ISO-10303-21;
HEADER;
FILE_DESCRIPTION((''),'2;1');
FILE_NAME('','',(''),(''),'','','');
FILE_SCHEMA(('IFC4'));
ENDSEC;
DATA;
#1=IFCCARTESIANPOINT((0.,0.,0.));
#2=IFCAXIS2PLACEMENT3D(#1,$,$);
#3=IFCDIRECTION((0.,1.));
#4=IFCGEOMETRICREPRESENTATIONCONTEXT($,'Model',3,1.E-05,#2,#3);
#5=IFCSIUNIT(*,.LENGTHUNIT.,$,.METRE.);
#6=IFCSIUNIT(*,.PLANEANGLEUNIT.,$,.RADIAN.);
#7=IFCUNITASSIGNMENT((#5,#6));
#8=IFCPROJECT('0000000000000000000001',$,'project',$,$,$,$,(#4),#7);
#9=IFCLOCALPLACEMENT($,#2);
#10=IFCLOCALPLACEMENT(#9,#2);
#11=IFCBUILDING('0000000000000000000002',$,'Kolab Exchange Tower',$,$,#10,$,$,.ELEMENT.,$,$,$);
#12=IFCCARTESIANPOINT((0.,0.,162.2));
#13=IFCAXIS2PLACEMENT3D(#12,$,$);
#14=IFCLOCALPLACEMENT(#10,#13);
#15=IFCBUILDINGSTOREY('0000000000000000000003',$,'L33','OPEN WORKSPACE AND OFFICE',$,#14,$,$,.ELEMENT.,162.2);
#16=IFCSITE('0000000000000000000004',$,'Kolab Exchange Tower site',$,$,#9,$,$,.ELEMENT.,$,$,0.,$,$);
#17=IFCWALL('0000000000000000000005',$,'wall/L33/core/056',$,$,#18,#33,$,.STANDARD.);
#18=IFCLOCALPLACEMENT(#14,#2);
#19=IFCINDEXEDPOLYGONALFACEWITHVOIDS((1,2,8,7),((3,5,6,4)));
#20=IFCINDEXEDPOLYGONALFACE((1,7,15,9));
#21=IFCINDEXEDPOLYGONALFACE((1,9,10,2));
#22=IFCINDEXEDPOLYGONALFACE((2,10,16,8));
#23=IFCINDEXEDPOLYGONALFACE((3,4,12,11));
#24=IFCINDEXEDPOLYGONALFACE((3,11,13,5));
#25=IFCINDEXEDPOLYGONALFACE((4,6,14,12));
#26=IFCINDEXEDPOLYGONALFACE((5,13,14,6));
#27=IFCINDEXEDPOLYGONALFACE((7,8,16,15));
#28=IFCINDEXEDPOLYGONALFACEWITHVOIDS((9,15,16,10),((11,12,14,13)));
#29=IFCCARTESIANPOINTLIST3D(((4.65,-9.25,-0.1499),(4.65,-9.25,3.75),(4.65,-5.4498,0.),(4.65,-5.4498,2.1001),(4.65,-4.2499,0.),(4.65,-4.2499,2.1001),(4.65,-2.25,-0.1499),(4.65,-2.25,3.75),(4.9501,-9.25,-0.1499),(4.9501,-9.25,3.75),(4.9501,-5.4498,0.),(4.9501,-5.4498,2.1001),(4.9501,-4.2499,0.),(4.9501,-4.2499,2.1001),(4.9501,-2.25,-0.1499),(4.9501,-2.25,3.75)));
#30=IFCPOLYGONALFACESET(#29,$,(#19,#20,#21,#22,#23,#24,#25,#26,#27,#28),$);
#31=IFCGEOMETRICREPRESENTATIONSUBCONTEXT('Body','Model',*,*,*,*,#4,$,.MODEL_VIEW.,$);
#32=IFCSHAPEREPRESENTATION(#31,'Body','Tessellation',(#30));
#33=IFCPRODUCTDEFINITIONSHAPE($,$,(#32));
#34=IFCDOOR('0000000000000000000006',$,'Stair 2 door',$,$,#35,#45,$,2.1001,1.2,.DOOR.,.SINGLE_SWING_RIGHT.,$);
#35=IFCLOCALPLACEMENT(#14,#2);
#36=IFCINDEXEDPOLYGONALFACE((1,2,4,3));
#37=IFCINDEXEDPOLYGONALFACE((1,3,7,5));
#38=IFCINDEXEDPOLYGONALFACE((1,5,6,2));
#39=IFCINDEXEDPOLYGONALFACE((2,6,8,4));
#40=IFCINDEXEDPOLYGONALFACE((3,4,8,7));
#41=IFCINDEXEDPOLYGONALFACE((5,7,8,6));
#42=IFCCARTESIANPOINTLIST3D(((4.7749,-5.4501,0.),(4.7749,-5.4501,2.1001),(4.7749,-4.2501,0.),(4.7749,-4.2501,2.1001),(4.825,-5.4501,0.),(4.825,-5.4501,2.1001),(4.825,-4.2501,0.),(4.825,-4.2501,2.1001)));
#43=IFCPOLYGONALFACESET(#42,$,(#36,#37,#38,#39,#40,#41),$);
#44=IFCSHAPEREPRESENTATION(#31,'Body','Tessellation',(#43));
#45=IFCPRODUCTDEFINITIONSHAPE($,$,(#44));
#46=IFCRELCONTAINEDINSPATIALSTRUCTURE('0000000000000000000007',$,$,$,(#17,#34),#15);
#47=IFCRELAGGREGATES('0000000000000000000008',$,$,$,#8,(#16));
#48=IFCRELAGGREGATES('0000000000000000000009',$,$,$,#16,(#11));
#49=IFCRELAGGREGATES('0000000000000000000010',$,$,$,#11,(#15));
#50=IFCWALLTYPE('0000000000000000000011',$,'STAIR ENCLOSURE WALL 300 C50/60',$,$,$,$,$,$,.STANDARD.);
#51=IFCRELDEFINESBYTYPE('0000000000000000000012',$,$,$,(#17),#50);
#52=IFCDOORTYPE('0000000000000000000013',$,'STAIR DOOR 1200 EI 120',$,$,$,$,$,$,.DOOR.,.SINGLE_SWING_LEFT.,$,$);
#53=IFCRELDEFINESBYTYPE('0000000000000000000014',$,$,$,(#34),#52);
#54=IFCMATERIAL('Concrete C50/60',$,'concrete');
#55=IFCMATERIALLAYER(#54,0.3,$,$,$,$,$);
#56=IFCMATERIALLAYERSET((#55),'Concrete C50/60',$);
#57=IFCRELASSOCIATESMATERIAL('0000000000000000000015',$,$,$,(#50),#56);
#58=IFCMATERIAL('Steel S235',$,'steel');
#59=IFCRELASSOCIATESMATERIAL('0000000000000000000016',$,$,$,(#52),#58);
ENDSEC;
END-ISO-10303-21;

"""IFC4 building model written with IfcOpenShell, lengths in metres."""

from ifc_helpers import new_model, si_unit, direction, frame, frame_2d, origin, place, context, subcontext, project, spatial, rectangle, extrude, material, layer, layer_set, type_object, element, fill, save


model = new_model("IFC4")

# Units and contexts
model_context = context("Model", 3, precision=1e-05, world=origin(), true_north=direction((0.0, 1.0)))
body_context = subcontext(model_context, "Body", "Model", "MODEL_VIEW")
ifc_project = project(units=[si_unit("LENGTHUNIT", "METRE"), si_unit("PLANEANGLEUNIT", "RADIAN")], contexts=[model_context])

# Site, building, storey
site_placement = place(None, origin())
site = spatial("IfcSite", under=ifc_project, at=site_placement, Name="Kolab Exchange Tower site", CompositionType="ELEMENT", RefElevation=0.0)
building_placement = place(site_placement, origin())
building = spatial("IfcBuilding", under=site, at=building_placement, Name="Kolab Exchange Tower", CompositionType="ELEMENT")
storey_placement = place(building_placement, frame((0.0, 0.0, 162.2)))
storey = spatial("IfcBuildingStorey", under=building, at=storey_placement, Name="L33", Description="OPEN WORKSPACE AND OFFICE", CompositionType="ELEMENT", Elevation=162.2)

# Shared definitions
ifc_material_1 = material(Name="Concrete C50/60", Category="concrete")

# Shared definitions
ifc_material_2 = material(Name="Steel S235", Category="steel")

# Shared definitions
ifc_layer_1 = layer(ifc_material_1, 0.3)
ifc_layer_set_1 = layer_set([ifc_layer_1], Name="Concrete C50/60")
wall_type_1 = type_object("IfcWallType", Name="STAIR ENCLOSURE WALL 300 C50/60", PredefinedType="STANDARD", material=ifc_layer_set_1)

# Wall, opening, door
wall_1_placement = place(storey_placement, frame((4.8, -9.25, -0.1499), z_axis=(0.0, 0.0, 1.0), x_axis=(0.0, 1.0, 0.0)))
wall_1 = element("IfcWall", 1, at=wall_1_placement, inside=storey, type_object=wall_type_1, Name="wall/L33/core/056", PredefinedType="STANDARD", context=body_context, shape_type="SweptSolid", body=[
    extrude(rectangle(XDim=7.0, YDim=0.3, at=frame_2d((3.5, 0.0))), origin(), (0.0, 0.0, 1.0), 3.8999),
])
opening_1_placement = place(wall_1_placement, frame((3.8, 0.0, 0.1499)))
opening_1 = element("IfcOpeningElement", 2, at=opening_1_placement, cuts=wall_1, PredefinedType="OPENING", context=body_context, shape_type="SweptSolid", body=[
    extrude(rectangle(XDim=1.2, YDim=2.1001, at=frame_2d((0.6001, 1.05))), frame((0.0, 0.1602, 0.0), z_axis=(0.0, -1.0, 0.0), x_axis=(1.0, 0.0, 0.0)), (0.0, 0.0, 1.0), 0.3201),
])
door_type_1 = type_object("IfcDoorType", Name="STAIR DOOR 1200 EI 120", OperationType="SINGLE_SWING_LEFT", PredefinedType="DOOR", material=ifc_material_2)
door_1_placement = place(opening_1_placement, frame((1.2, 0.0, 0.0), z_axis=(0.0, 0.0, 1.0), x_axis=(-1.0, 0.0, 0.0)))
door_1 = element("IfcDoor", 3, at=door_1_placement, inside=storey, type_object=door_type_1, Name="Stair 2 door", OperationType="SINGLE_SWING_RIGHT", OverallHeight=2.1001, OverallWidth=1.2, PredefinedType="DOOR", context=body_context, shape_type="SweptSolid", body=[
    extrude(rectangle(XDim=1.2, YDim=2.1001, at=frame_2d((0.6001, 1.05))), frame((0.0, 0.0249, 0.0), z_axis=(0.0, -1.0, 0.0), x_axis=(1.0, 0.0, 0.0)), (0.0, 0.0, 1.0), 0.05),
])
fill(opening_1, door_1)

save(model, "model.ifc")
